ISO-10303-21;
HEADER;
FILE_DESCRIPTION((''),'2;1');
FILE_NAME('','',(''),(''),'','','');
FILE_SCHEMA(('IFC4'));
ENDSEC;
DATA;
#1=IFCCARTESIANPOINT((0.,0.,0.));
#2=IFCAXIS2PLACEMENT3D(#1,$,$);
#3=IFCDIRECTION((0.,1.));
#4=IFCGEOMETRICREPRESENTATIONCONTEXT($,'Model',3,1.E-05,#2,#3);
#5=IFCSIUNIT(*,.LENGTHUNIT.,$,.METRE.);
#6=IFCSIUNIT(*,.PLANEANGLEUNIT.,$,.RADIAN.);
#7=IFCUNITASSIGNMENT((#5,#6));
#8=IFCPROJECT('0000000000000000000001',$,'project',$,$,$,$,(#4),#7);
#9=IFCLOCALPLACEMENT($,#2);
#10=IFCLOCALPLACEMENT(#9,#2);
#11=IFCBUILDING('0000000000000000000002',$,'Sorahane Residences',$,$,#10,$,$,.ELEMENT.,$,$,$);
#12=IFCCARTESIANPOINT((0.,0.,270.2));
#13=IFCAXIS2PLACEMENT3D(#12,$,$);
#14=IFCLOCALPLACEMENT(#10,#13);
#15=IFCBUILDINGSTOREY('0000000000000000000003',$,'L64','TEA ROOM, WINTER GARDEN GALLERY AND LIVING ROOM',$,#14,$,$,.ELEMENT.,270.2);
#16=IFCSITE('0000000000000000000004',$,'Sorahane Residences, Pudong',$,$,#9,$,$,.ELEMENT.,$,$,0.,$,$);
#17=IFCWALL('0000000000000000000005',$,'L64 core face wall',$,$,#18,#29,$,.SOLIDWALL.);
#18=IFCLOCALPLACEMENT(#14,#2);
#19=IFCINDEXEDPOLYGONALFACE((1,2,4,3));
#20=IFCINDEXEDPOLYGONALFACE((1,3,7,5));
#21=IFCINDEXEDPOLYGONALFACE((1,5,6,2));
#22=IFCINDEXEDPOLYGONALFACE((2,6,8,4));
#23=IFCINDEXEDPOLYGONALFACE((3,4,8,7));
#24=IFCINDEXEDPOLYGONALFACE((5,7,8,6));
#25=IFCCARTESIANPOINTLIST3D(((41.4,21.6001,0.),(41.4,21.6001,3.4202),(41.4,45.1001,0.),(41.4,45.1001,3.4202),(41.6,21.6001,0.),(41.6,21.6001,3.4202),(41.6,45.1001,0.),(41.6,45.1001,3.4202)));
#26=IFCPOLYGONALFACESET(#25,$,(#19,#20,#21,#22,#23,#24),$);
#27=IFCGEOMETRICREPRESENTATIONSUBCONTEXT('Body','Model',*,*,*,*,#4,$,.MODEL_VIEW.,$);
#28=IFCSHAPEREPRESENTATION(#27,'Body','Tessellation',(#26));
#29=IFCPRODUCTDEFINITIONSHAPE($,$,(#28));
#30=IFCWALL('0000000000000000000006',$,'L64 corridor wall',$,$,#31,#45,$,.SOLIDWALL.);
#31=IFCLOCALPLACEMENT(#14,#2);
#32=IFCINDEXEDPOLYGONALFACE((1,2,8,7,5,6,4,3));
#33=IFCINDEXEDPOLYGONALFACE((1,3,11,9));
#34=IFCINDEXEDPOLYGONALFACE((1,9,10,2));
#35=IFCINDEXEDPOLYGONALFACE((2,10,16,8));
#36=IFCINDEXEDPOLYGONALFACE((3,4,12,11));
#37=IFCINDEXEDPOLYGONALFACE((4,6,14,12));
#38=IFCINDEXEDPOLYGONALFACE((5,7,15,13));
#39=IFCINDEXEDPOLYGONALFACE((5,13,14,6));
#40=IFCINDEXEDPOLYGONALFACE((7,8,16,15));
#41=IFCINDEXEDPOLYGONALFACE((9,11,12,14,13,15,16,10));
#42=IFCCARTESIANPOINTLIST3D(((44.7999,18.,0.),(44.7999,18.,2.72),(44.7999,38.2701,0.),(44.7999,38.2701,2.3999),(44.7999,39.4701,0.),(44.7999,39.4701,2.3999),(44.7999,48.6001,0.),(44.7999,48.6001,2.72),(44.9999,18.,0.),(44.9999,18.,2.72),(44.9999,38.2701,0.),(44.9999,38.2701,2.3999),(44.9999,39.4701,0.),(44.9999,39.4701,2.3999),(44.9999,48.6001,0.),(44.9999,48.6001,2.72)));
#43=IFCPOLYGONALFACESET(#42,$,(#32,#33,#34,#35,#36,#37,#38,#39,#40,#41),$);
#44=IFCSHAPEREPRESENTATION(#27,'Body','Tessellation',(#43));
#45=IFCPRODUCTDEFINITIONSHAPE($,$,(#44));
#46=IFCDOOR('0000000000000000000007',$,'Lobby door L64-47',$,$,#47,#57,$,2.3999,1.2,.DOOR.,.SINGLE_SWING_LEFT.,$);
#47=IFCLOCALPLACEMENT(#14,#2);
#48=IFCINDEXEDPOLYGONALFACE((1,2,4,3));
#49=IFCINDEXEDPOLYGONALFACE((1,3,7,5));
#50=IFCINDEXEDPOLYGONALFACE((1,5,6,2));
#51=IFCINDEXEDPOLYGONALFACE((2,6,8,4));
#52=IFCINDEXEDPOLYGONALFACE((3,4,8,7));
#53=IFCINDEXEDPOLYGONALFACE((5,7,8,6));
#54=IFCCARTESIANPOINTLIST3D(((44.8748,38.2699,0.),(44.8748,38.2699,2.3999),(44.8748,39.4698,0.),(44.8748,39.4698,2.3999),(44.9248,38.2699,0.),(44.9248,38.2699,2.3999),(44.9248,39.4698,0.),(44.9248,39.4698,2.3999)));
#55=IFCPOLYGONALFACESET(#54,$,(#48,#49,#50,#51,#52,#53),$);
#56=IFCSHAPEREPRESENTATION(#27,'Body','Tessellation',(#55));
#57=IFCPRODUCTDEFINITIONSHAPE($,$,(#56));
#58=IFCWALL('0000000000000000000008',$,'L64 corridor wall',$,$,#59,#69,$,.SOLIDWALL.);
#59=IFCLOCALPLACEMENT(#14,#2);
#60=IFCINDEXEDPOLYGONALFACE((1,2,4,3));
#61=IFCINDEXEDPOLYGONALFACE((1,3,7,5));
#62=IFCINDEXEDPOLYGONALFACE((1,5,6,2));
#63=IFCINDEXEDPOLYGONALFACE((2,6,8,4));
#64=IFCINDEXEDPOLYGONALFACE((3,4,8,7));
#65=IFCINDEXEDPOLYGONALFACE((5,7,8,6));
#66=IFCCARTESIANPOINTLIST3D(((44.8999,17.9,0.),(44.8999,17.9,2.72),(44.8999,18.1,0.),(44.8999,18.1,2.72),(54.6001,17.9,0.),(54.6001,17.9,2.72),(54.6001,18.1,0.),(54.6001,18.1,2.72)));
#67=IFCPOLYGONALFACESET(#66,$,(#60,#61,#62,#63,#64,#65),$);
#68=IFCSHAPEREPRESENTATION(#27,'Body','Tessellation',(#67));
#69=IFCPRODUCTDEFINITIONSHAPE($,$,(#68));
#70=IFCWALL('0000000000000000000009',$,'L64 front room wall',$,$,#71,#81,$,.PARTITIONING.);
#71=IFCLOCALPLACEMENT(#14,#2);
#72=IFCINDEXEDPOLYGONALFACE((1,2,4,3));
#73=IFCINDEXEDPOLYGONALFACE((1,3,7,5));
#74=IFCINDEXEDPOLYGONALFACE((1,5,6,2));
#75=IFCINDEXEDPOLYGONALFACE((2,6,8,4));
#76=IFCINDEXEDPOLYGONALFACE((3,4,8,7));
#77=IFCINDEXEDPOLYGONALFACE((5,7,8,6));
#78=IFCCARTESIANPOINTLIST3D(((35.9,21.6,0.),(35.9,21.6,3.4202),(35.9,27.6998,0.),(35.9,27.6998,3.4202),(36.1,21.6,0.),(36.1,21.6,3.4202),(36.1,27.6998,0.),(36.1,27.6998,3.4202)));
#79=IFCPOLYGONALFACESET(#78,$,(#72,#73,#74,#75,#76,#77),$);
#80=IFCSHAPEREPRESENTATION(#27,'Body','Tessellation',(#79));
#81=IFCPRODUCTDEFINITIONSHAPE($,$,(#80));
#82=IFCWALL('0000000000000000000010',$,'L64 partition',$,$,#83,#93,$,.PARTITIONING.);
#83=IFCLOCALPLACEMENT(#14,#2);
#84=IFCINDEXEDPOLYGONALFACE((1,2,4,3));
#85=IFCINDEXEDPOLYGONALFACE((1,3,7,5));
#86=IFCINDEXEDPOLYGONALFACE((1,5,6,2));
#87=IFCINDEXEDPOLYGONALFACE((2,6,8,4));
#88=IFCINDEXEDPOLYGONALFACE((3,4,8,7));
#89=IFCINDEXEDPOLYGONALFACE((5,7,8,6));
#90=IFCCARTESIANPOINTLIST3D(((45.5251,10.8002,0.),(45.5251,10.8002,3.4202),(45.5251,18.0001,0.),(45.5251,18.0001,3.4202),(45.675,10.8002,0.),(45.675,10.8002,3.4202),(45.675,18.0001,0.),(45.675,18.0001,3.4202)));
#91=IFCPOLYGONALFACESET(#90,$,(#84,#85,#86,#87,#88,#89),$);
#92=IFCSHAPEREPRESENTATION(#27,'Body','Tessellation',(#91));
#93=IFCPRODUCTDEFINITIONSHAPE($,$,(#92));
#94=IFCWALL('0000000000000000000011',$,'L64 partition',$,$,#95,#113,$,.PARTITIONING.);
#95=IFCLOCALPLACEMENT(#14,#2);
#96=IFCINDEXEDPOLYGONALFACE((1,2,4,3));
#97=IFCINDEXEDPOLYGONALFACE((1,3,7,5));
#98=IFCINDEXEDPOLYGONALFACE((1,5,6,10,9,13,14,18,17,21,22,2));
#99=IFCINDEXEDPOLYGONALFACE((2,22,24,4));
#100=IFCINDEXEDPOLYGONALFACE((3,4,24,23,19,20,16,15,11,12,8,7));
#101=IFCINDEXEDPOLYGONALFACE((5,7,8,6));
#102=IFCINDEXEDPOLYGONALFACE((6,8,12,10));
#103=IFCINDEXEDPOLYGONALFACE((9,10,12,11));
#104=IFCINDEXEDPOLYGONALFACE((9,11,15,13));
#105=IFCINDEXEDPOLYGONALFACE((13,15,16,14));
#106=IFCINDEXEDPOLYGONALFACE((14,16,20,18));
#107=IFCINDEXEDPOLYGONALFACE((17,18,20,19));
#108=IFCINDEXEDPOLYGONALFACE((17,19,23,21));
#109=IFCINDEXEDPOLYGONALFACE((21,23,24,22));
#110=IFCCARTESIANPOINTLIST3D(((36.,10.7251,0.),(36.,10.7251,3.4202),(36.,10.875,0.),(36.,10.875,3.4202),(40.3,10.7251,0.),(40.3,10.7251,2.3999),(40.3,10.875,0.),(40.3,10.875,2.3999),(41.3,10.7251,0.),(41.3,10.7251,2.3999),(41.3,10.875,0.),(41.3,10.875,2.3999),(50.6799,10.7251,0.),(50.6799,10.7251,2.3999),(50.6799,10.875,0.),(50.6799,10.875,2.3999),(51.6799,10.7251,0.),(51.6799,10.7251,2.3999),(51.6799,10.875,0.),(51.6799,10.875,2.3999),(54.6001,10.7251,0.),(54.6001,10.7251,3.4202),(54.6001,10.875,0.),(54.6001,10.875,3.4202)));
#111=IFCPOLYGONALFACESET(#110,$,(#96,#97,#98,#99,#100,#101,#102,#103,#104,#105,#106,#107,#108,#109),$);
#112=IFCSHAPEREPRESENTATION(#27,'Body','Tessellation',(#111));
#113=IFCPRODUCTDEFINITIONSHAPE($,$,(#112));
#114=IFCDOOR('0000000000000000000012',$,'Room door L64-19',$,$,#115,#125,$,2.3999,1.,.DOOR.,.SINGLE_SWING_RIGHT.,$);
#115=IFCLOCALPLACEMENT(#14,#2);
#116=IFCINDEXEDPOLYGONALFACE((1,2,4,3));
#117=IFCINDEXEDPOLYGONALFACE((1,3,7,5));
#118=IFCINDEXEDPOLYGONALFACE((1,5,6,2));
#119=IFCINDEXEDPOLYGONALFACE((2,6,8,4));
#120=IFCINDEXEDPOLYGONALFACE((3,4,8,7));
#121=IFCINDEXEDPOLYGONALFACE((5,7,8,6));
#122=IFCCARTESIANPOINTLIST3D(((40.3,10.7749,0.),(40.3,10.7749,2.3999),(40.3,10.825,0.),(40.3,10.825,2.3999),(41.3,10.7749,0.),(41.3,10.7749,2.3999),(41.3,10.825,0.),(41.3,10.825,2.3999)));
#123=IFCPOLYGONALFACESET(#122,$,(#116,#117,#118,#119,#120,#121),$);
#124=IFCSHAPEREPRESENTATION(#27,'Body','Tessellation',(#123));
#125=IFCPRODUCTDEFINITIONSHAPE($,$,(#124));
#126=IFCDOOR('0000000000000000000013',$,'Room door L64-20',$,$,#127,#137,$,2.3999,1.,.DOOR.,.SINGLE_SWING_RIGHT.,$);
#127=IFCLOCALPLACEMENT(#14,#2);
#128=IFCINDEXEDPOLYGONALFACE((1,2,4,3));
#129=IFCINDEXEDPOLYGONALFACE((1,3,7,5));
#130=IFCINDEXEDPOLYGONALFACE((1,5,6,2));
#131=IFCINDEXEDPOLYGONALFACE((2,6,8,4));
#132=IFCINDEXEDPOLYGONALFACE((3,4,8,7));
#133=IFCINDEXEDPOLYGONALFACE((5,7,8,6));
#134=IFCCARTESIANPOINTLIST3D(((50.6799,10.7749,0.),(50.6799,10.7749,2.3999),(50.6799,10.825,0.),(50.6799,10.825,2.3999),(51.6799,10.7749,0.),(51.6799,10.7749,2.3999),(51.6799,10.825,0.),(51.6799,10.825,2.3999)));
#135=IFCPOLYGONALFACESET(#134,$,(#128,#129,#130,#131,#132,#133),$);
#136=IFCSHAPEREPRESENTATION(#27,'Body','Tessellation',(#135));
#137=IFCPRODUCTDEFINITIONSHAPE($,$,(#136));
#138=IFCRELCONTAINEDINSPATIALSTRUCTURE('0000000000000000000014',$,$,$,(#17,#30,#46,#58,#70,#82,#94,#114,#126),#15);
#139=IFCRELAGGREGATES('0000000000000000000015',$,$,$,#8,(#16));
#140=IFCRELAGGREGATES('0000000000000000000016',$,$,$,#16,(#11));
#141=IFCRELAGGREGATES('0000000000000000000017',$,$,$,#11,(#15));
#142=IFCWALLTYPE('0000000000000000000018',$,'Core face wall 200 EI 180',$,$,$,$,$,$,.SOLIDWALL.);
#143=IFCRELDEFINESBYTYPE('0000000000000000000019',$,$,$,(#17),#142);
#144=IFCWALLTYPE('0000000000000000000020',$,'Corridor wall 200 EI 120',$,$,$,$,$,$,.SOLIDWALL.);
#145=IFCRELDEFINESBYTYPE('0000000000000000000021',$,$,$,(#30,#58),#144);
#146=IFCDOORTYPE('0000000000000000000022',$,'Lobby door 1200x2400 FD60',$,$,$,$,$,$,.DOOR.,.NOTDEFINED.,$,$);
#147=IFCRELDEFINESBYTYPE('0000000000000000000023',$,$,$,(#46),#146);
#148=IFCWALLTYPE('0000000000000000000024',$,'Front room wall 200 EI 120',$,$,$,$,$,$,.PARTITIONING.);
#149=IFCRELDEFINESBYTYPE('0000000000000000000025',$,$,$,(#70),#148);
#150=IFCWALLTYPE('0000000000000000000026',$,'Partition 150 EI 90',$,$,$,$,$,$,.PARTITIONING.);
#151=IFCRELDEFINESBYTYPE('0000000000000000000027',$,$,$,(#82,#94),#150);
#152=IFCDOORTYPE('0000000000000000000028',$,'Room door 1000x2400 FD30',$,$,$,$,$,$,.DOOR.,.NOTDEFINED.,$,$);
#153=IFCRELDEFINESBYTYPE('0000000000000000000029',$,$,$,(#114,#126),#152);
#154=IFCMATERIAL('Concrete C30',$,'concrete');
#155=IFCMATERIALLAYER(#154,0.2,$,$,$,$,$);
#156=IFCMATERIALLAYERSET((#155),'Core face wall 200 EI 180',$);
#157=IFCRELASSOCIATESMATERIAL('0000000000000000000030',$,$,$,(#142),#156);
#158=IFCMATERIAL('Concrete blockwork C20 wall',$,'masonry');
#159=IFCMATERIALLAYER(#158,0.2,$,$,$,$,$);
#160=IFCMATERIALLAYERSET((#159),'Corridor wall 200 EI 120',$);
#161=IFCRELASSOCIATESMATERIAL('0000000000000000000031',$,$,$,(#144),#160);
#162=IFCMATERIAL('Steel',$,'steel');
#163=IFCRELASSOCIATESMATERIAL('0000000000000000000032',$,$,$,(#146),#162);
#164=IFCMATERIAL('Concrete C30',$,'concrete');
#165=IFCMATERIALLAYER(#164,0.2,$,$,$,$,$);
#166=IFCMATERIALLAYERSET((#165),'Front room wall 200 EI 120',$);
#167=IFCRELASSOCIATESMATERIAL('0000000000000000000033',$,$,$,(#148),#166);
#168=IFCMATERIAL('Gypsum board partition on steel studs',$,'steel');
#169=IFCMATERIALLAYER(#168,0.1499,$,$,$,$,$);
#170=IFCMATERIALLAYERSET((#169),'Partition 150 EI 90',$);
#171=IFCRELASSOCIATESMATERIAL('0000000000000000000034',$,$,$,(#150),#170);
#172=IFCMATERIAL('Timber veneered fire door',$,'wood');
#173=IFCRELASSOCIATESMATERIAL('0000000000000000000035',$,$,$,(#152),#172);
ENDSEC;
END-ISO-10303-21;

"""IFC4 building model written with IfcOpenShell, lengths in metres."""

from ifc_helpers import new_model, si_unit, direction, frame, frame_2d, origin, place, context, subcontext, project, spatial, rectangle, extrude, material, layer, layer_set, type_object, element, fill, save


model = new_model("IFC4")

# Units and contexts
model_context = context("Model", 3, precision=1e-05, world=origin(), true_north=direction((0.0, 1.0)))
body_context = subcontext(model_context, "Body", "Model", "MODEL_VIEW")
ifc_project = project(units=[si_unit("LENGTHUNIT", "METRE"), si_unit("PLANEANGLEUNIT", "RADIAN")], contexts=[model_context])

# Site, building, storey
site_placement = place(None, origin())
site = spatial("IfcSite", under=ifc_project, at=site_placement, Name="Sorahane Residences, Pudong", CompositionType="ELEMENT", RefElevation=0.0)
building_placement = place(site_placement, origin())
building = spatial("IfcBuilding", under=site, at=building_placement, Name="Sorahane Residences", CompositionType="ELEMENT")
storey_placement = place(building_placement, frame((0.0, 0.0, 270.2)))
storey = spatial("IfcBuildingStorey", under=building, at=storey_placement, Name="L64", Description="TEA ROOM, WINTER GARDEN GALLERY AND LIVING ROOM", CompositionType="ELEMENT", Elevation=270.2)

# Wall
ifc_material_1 = material(Name="Concrete C30", Category="concrete")
ifc_layer_1 = layer(ifc_material_1, 0.2)
ifc_layer_set_1 = layer_set([ifc_layer_1], Name="Core face wall 200 EI 180")
wall_type_1 = type_object("IfcWallType", Name="Core face wall 200 EI 180", PredefinedType="SOLIDWALL", material=ifc_layer_set_1)
wall_1_placement = place(storey_placement, frame((41.5, 21.6001, 0.0), z_axis=(0.0, 0.0, 1.0), x_axis=(0.0, 1.0, 0.0)))
element("IfcWall", 1, at=wall_1_placement, inside=storey, type_object=wall_type_1, Name="L64 core face wall", PredefinedType="SOLIDWALL", context=body_context, shape_type="SweptSolid", body=[
    extrude(rectangle(XDim=23.5, YDim=0.2, at=frame_2d((11.75, 0.0))), origin(), (0.0, 0.0, 1.0), 3.4202),
])

# Wall, opening, door
ifc_material_2 = material(Name="Concrete blockwork C20 wall", Category="masonry")
ifc_layer_2 = layer(ifc_material_2, 0.2)
ifc_layer_set_2 = layer_set([ifc_layer_2], Name="Corridor wall 200 EI 120")
wall_type_2 = type_object("IfcWallType", Name="Corridor wall 200 EI 120", PredefinedType="SOLIDWALL", material=ifc_layer_set_2)
wall_2_placement = place(storey_placement, frame((44.8999, 18.0, 0.0), z_axis=(0.0, 0.0, 1.0), x_axis=(0.0, 1.0, 0.0)))
wall_2 = element("IfcWall", 2, at=wall_2_placement, inside=storey, type_object=wall_type_2, Name="L64 corridor wall", PredefinedType="SOLIDWALL", context=body_context, shape_type="SweptSolid", body=[
    extrude(rectangle(XDim=30.6001, YDim=0.2, at=frame_2d((15.3, 0.0))), origin(), (0.0, 0.0, 1.0), 2.72),
])
opening_1_placement = place(wall_2_placement, frame((20.27, 0.0, 0.0)))
opening_1 = element("IfcOpeningElement", 3, at=opening_1_placement, cuts=wall_2, PredefinedType="OPENING", context=body_context, shape_type="SweptSolid", body=[
    extrude(rectangle(XDim=1.2, YDim=2.3999, at=frame_2d((0.6001, 1.2))), frame((0.0, 0.1099, 0.0), z_axis=(0.0, -1.0, 0.0), x_axis=(1.0, 0.0, 0.0)), (0.0, 0.0, 1.0), 0.22),
])
ifc_material_3 = material(Name="Steel", Category="steel")
door_type_1 = type_object("IfcDoorType", Name="Lobby door 1200x2400 FD60", OperationType="NOTDEFINED", PredefinedType="DOOR", material=ifc_material_3)
door_1_placement = place(opening_1_placement, frame((1.2, 0.0, 0.0), z_axis=(0.0, 0.0, 1.0), x_axis=(-1.0, 0.0, 0.0)))
door_1 = element("IfcDoor", 4, at=door_1_placement, inside=storey, type_object=door_type_1, Name="Lobby door L64-47", OperationType="SINGLE_SWING_LEFT", OverallHeight=2.3999, OverallWidth=1.2, PredefinedType="DOOR", context=body_context, shape_type="SweptSolid", body=[
    extrude(rectangle(XDim=1.2, YDim=2.3999, at=frame_2d((0.6001, 1.2))), frame((0.0, 0.0249, 0.0), z_axis=(0.0, -1.0, 0.0), x_axis=(1.0, 0.0, 0.0)), (0.0, 0.0, 1.0), 0.05),
])
fill(opening_1, door_1)

# Walls
wall_3_placement = place(storey_placement, frame((44.8999, 18.0, 0.0), z_axis=(0.0, 0.0, 1.0), x_axis=(1.0, 0.0, 0.0)))
element("IfcWall", 5, at=wall_3_placement, inside=storey, type_object=wall_type_2, Name="L64 corridor wall", PredefinedType="SOLIDWALL", context=body_context, shape_type="SweptSolid", body=[
    extrude(rectangle(XDim=9.7002, YDim=0.2, at=frame_2d((4.8501, 0.0))), origin(), (0.0, 0.0, 1.0), 2.72),
])
ifc_material_4 = material(Name="Concrete C30", Category="concrete")
ifc_layer_3 = layer(ifc_material_4, 0.2)
ifc_layer_set_3 = layer_set([ifc_layer_3], Name="Front room wall 200 EI 120")
wall_type_3 = type_object("IfcWallType", Name="Front room wall 200 EI 120", PredefinedType="PARTITIONING", material=ifc_layer_set_3)
wall_4_placement = place(storey_placement, frame((36.0, 21.6001, 0.0), z_axis=(0.0, 0.0, 1.0), x_axis=(0.0, 1.0, 0.0)))
element("IfcWall", 6, at=wall_4_placement, inside=storey, type_object=wall_type_3, Name="L64 front room wall", PredefinedType="PARTITIONING", context=body_context, shape_type="SweptSolid", body=[
    extrude(rectangle(XDim=6.0999, YDim=0.2, at=frame_2d((3.0498, 0.0))), origin(), (0.0, 0.0, 1.0), 3.4202),
])
ifc_material_5 = material(Name="Gypsum board partition on steel studs", Category="steel")
ifc_layer_4 = layer(ifc_material_5, 0.1499)
ifc_layer_set_4 = layer_set([ifc_layer_4], Name="Partition 150 EI 90")
wall_type_4 = type_object("IfcWallType", Name="Partition 150 EI 90", PredefinedType="PARTITIONING", material=ifc_layer_set_4)
wall_5_placement = place(storey_placement, frame((45.6001, 10.8, 0.0), z_axis=(0.0, 0.0, 1.0), x_axis=(0.0, 1.0, 0.0)))
element("IfcWall", 7, at=wall_5_placement, inside=storey, type_object=wall_type_4, Name="L64 partition", PredefinedType="PARTITIONING", context=body_context, shape_type="SweptSolid", body=[
    extrude(rectangle(XDim=7.2, YDim=0.1499, at=frame_2d((3.6001, 0.0))), origin(), (0.0, 0.0, 1.0), 3.4202),
])

# Wall, openings, doors
wall_6_placement = place(storey_placement, frame((36.0, 10.8, 0.0), z_axis=(0.0, 0.0, 1.0), x_axis=(1.0, 0.0, 0.0)))
wall_6 = element("IfcWall", 8, at=wall_6_placement, inside=storey, type_object=wall_type_4, Name="L64 partition", PredefinedType="PARTITIONING", context=body_context, shape_type="SweptSolid", body=[
    extrude(rectangle(XDim=18.6001, YDim=0.1499, at=frame_2d((9.3, 0.0))), origin(), (0.0, 0.0, 1.0), 3.4202),
])
opening_2_placement = place(wall_6_placement, frame((4.3, 0.0, 0.0)))
opening_2 = element("IfcOpeningElement", 9, at=opening_2_placement, cuts=wall_6, PredefinedType="OPENING", context=body_context, shape_type="SweptSolid", body=[
    extrude(rectangle(XDim=1.0, YDim=2.3999, at=frame_2d((0.5, 1.2))), frame((0.0, 0.085, 0.0), z_axis=(0.0, -1.0, 0.0), x_axis=(1.0, 0.0, 0.0)), (0.0, 0.0, 1.0), 0.1699),
])
opening_3_placement = place(wall_6_placement, frame((14.6799, 0.0, 0.0)))
opening_3 = element("IfcOpeningElement", 10, at=opening_3_placement, cuts=wall_6, PredefinedType="OPENING", context=body_context, shape_type="SweptSolid", body=[
    extrude(rectangle(XDim=1.0, YDim=2.3999, at=frame_2d((0.5, 1.2))), frame((0.0, 0.085, 0.0), z_axis=(0.0, -1.0, 0.0), x_axis=(1.0, 0.0, 0.0)), (0.0, 0.0, 1.0), 0.1699),
])
ifc_material_6 = material(Name="Timber veneered fire door", Category="wood")
door_type_2 = type_object("IfcDoorType", Name="Room door 1000x2400 FD30", OperationType="NOTDEFINED", PredefinedType="DOOR", material=ifc_material_6)
door_2_placement = place(opening_2_placement, origin())
door_2 = element("IfcDoor", 11, at=door_2_placement, inside=storey, type_object=door_type_2, Name="Room door L64-19", OperationType="SINGLE_SWING_RIGHT", OverallHeight=2.3999, OverallWidth=1.0, PredefinedType="DOOR", context=body_context, shape_type="SweptSolid", body=[
    extrude(rectangle(XDim=1.0, YDim=2.3999, at=frame_2d((0.5, 1.2))), frame((0.0, 0.0249, 0.0), z_axis=(0.0, -1.0, 0.0), x_axis=(1.0, 0.0, 0.0)), (0.0, 0.0, 1.0), 0.05),
])
fill(opening_2, door_2)
door_3_placement = place(opening_3_placement, origin())
door_3 = element("IfcDoor", 12, at=door_3_placement, inside=storey, type_object=door_type_2, Name="Room door L64-20", OperationType="SINGLE_SWING_RIGHT", OverallHeight=2.3999, OverallWidth=1.0, PredefinedType="DOOR", context=body_context, shape_type="SweptSolid", body=[
    extrude(rectangle(XDim=1.0, YDim=2.3999, at=frame_2d((0.5, 1.2))), frame((0.0, 0.0249, 0.0), z_axis=(0.0, -1.0, 0.0), x_axis=(1.0, 0.0, 0.0)), (0.0, 0.0, 1.0), 0.05),
])
fill(opening_3, door_3)

save(model, "model.ifc")
